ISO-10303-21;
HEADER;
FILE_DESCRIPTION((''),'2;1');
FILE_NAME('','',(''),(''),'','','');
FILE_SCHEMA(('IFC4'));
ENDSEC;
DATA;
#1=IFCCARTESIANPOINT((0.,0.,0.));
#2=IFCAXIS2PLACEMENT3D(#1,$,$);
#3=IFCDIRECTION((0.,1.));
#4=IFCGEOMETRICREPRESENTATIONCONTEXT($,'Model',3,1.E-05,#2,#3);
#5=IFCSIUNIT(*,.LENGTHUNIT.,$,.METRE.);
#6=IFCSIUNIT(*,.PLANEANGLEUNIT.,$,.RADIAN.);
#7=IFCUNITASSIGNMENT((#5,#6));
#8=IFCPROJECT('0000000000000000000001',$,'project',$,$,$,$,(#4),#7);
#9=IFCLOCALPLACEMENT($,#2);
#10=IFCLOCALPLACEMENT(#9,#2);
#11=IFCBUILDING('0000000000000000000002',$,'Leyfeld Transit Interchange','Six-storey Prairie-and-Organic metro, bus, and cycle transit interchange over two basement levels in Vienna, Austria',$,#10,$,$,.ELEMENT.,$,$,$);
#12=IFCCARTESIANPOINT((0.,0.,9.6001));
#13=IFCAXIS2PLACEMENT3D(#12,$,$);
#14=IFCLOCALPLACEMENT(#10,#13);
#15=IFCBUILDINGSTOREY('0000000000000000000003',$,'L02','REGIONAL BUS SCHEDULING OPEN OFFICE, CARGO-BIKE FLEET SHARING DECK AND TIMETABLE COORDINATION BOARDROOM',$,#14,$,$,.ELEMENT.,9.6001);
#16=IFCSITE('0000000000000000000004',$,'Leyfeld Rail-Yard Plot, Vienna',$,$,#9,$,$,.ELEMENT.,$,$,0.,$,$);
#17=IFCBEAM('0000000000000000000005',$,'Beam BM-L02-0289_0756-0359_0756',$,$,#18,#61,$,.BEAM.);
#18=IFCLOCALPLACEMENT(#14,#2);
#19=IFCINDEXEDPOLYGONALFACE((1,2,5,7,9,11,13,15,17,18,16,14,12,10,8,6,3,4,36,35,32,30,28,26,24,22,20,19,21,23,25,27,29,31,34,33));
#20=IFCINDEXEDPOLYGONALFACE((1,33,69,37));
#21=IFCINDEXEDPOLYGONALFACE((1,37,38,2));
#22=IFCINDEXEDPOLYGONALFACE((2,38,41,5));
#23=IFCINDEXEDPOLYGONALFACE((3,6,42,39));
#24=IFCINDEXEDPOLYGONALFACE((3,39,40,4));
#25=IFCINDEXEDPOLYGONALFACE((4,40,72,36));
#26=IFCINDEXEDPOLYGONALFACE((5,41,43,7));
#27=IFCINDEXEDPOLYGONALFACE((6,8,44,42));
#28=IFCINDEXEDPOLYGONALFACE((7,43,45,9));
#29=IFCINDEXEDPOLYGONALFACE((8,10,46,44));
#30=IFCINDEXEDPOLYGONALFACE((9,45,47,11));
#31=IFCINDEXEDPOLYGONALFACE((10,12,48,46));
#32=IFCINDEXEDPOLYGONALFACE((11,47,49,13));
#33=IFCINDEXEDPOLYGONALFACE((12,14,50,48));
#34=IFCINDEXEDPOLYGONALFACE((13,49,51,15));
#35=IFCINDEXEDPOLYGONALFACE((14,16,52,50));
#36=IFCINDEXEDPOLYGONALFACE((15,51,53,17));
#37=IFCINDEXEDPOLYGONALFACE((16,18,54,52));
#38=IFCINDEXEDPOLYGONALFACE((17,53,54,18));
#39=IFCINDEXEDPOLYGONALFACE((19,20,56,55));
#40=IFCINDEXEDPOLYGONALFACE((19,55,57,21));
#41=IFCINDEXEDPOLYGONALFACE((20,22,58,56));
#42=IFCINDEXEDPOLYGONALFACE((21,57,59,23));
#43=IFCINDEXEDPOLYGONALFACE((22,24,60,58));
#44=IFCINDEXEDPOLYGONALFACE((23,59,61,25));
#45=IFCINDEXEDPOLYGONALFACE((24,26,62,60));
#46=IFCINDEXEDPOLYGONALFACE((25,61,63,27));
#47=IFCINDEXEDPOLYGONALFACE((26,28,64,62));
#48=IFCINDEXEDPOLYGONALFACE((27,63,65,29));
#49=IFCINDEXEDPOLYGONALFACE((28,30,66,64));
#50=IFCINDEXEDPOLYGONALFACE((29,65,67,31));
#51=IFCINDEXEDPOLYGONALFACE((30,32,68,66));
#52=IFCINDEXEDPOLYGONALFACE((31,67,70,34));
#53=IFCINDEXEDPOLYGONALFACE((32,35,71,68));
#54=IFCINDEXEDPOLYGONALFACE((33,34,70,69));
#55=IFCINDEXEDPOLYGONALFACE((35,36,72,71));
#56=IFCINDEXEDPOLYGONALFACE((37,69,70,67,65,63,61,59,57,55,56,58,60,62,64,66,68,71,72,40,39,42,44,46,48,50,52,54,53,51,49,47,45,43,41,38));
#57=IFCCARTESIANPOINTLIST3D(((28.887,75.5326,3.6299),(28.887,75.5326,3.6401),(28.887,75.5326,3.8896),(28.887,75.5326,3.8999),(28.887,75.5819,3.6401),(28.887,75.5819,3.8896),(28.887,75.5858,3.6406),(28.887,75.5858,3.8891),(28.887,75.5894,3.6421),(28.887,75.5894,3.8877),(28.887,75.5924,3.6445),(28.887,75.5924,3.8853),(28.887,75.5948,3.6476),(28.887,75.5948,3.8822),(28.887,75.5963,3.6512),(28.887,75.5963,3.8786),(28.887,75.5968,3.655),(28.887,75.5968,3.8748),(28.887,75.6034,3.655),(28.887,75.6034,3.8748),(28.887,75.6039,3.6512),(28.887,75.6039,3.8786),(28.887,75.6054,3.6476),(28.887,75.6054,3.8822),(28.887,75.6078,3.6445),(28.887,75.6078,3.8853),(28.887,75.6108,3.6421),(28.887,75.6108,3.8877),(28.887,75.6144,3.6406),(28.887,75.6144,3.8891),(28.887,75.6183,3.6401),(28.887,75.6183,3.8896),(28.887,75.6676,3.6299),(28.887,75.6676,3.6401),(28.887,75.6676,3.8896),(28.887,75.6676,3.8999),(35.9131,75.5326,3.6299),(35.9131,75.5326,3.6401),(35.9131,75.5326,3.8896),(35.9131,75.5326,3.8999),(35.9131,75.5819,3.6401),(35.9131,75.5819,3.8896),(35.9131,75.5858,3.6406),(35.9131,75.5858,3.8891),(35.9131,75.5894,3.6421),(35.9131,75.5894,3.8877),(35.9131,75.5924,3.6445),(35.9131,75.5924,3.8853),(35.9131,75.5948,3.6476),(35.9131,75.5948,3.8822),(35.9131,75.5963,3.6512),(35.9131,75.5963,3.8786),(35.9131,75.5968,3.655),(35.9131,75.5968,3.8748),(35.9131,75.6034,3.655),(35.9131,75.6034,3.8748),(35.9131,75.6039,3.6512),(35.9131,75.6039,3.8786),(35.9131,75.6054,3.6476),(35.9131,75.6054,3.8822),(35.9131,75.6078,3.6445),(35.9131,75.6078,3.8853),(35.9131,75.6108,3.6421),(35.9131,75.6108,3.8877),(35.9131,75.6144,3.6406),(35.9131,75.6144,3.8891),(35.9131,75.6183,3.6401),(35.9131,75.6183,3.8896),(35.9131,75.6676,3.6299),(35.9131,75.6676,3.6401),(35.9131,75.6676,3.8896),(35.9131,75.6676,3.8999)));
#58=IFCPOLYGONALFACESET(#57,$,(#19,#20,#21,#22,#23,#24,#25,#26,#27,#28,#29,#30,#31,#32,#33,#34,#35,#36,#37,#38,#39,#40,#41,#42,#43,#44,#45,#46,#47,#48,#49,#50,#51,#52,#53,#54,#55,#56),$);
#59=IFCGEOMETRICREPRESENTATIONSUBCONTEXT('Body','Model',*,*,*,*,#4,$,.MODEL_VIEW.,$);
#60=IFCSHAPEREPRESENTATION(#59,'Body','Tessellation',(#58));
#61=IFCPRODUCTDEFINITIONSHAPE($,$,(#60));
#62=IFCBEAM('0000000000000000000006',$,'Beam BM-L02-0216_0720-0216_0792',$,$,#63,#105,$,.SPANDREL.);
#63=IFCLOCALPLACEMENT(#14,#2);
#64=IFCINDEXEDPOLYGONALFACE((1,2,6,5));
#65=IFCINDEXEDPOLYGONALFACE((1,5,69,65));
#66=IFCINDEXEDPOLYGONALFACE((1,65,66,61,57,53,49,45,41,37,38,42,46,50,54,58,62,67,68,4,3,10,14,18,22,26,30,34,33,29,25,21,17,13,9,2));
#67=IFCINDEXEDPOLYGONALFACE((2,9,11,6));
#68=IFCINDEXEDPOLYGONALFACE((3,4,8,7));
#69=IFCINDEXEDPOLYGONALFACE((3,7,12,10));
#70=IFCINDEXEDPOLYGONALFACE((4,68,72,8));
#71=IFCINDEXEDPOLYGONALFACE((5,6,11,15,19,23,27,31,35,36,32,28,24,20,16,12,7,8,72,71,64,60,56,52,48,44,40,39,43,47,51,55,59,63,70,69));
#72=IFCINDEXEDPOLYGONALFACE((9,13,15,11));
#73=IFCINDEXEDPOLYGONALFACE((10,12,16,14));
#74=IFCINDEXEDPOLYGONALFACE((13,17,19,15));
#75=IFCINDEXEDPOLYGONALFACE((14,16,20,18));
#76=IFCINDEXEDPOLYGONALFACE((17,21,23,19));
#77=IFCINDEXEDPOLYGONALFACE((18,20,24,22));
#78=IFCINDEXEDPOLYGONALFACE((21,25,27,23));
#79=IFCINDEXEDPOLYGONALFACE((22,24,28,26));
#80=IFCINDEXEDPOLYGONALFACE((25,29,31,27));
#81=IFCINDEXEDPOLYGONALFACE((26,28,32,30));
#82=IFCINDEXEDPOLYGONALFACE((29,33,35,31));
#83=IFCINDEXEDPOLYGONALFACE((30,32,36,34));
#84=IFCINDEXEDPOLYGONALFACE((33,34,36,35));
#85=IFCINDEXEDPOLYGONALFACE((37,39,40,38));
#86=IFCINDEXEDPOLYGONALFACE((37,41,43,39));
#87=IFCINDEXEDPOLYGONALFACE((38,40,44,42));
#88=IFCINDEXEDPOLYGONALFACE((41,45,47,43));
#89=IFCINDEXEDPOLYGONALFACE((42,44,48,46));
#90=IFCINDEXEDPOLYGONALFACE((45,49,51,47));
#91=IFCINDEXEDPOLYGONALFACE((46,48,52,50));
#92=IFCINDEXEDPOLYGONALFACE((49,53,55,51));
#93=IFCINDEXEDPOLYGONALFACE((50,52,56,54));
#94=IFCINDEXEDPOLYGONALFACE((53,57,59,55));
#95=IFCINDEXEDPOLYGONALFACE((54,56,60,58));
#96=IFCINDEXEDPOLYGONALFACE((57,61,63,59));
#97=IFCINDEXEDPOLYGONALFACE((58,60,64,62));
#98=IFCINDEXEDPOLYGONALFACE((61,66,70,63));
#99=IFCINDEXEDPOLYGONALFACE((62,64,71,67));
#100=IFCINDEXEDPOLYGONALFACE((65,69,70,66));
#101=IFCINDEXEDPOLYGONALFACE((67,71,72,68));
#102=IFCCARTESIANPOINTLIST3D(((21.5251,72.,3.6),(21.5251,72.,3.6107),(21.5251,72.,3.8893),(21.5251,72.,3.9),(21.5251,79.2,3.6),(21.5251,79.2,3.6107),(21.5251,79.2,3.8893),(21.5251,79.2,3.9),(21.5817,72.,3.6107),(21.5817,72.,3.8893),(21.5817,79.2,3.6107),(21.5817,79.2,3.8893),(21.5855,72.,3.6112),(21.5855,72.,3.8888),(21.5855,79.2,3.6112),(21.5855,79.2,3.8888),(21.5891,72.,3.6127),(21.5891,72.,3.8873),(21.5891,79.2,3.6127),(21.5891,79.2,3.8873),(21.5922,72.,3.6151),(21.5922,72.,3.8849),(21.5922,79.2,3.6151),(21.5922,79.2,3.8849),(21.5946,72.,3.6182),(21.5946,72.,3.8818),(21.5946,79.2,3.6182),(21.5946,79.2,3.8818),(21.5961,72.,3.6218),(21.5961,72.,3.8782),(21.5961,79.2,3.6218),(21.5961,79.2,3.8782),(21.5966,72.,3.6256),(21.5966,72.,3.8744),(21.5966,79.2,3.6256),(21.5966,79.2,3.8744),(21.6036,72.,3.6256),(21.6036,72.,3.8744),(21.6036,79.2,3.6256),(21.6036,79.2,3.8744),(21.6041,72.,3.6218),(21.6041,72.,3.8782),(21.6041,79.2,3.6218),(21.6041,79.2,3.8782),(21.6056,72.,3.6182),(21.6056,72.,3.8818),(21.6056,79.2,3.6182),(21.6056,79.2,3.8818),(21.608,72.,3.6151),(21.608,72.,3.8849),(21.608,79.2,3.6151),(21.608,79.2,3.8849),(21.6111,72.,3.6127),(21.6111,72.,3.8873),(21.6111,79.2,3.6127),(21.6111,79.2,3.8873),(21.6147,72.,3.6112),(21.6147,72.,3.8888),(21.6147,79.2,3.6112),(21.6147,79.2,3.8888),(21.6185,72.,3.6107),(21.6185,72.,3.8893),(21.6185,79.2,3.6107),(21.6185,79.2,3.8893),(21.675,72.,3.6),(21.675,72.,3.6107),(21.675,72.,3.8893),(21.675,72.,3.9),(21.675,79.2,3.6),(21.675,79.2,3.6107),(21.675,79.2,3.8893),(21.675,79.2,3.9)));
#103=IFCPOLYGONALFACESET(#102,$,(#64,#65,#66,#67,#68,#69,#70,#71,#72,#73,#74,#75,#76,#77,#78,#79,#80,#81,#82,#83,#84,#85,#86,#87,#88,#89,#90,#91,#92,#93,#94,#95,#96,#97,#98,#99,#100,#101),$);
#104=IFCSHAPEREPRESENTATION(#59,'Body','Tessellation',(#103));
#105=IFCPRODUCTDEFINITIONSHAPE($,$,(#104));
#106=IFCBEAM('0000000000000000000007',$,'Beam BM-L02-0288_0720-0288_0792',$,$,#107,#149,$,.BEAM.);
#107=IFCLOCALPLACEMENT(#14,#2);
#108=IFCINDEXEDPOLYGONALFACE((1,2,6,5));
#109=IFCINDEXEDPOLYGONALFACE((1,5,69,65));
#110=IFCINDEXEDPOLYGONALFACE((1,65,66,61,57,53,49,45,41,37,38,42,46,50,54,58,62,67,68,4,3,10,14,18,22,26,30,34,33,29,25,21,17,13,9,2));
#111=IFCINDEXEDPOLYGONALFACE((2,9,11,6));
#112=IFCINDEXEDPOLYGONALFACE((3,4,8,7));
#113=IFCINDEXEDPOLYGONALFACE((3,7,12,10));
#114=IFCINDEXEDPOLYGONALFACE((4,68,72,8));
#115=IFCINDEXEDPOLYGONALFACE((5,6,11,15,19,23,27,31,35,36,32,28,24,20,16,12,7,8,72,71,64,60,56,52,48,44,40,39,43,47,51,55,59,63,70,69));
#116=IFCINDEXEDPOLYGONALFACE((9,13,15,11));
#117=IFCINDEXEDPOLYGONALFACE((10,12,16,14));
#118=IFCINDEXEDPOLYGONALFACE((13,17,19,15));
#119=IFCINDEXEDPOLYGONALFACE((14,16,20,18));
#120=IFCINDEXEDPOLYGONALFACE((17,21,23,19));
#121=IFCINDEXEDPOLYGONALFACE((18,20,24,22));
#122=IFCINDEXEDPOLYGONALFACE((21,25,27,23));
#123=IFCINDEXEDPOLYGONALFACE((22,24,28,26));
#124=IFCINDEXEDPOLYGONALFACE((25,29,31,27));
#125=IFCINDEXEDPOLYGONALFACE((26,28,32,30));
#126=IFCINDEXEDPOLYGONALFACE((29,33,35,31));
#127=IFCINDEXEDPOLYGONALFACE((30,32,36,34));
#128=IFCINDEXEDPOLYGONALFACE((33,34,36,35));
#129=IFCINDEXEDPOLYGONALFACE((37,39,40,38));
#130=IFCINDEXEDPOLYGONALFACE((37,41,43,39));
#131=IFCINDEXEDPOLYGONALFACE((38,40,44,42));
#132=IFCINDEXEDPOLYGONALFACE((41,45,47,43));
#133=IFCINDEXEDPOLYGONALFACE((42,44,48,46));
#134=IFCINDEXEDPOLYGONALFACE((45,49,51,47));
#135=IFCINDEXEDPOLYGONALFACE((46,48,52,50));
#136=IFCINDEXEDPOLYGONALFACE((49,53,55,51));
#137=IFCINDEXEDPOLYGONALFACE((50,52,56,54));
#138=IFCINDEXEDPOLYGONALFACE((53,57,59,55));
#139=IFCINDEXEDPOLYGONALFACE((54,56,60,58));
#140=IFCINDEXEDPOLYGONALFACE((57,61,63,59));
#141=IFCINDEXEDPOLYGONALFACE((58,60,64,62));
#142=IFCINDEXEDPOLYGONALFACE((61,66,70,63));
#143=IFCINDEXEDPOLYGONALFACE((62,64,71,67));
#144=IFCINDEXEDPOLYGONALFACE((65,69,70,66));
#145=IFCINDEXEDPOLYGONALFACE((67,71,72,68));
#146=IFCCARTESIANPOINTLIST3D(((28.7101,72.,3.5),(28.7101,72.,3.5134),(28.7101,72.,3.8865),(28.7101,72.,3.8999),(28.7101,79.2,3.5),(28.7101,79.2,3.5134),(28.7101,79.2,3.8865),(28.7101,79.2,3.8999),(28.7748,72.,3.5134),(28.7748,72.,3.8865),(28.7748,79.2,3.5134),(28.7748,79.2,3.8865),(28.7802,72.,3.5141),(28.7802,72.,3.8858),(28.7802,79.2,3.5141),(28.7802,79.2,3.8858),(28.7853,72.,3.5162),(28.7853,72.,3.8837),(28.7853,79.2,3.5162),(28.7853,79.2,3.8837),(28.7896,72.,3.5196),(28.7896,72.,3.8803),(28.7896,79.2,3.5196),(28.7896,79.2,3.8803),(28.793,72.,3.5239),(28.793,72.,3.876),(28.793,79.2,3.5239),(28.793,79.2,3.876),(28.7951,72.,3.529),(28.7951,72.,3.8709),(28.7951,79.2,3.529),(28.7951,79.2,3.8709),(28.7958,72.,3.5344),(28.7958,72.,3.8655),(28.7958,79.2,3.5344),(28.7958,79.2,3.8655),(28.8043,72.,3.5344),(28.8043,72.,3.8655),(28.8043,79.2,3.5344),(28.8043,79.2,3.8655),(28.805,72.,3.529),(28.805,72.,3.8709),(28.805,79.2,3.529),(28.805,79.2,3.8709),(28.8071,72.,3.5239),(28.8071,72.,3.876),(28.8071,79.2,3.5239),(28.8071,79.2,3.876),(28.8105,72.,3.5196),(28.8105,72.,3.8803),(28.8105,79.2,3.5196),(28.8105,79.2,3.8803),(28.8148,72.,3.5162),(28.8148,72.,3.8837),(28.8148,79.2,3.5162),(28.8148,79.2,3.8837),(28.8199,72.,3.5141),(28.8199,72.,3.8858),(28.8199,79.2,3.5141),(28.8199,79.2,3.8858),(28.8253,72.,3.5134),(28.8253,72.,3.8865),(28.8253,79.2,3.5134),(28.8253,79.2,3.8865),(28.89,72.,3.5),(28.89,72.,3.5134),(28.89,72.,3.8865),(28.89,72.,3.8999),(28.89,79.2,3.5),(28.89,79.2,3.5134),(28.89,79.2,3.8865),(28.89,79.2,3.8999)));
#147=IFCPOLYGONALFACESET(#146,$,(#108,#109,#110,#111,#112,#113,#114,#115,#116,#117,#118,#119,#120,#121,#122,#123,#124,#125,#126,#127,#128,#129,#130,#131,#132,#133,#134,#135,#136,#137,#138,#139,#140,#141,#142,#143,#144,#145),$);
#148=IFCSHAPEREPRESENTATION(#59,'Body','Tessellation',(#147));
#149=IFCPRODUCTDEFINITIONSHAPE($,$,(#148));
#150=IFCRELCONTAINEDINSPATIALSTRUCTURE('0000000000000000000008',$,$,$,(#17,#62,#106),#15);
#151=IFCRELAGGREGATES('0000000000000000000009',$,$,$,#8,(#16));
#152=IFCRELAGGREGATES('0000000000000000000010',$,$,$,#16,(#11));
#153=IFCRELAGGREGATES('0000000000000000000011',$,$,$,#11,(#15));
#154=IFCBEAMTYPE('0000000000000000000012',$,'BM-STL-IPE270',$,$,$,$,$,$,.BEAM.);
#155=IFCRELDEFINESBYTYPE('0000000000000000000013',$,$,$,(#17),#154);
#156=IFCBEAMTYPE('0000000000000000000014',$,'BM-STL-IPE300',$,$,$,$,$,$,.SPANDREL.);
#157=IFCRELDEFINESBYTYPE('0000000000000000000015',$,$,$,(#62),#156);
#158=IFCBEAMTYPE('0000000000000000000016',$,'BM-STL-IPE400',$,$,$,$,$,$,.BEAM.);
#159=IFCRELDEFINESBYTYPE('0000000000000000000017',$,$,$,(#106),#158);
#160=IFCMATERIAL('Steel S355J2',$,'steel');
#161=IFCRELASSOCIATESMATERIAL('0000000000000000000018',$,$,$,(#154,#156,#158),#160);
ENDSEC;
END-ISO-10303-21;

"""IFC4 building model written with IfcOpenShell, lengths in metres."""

from ifc_helpers import new_model, si_unit, direction, frame, origin, origin_2d, place, context, subcontext, project, spatial, i_section, extrude, material, material_profile, profile_set, type_object, element, save


model = new_model("IFC4")

# Units and contexts
model_context = context("Model", 3, precision=1e-05, world=origin(), true_north=direction((0.0, 1.0)))
body_context = subcontext(model_context, "Body", "Model", "MODEL_VIEW")
ifc_project = project(units=[si_unit("LENGTHUNIT", "METRE"), si_unit("PLANEANGLEUNIT", "RADIAN")], contexts=[model_context])

# Site, building, storey
site_placement = place(None, origin())
site = spatial("IfcSite", under=ifc_project, at=site_placement, Name="Leyfeld Rail-Yard Plot, Vienna", CompositionType="ELEMENT", RefElevation=0.0)
building_placement = place(site_placement, origin())
building = spatial("IfcBuilding", under=site, at=building_placement, Name="Leyfeld Transit Interchange", Description="Six-storey Prairie-and-Organic metro, bus, and cycle transit interchange over two basement levels in Vienna, Austria", CompositionType="ELEMENT")
storey_placement = place(building_placement, frame((0.0, 0.0, 9.6001)))
storey = spatial("IfcBuildingStorey", under=building, at=storey_placement, Name="L02", Description="REGIONAL BUS SCHEDULING OPEN OFFICE, CARGO-BIKE FLEET SHARING DECK AND TIMETABLE COORDINATION BOARDROOM", CompositionType="ELEMENT", Elevation=9.6001)

# Beams
ifc_material_1 = material(Name="Steel S355J2", Category="steel")
ifc_material_profile_1 = material_profile(ifc_material_1, i_section(OverallWidth=0.135, OverallDepth=0.27, WebThickness=0.0066, FlangeThickness=0.0103, FilletRadius=0.0149, at=origin_2d()), Name="IPE 270")
ifc_profile_set_1 = profile_set([ifc_material_profile_1], Name="Steel S355J2")
beam_type_1 = type_object("IfcBeamType", Name="BM-STL-IPE270", PredefinedType="BEAM", material=ifc_profile_set_1)
beam_1_placement = place(storey_placement, frame((28.887, 75.6001, 3.7649), z_axis=(1.0, 0.0, 0.0), x_axis=(0.0, 1.0, 0.0)))
element("IfcBeam", 1, at=beam_1_placement, inside=storey, type_object=beam_type_1, Name="Beam BM-L02-0289_0756-0359_0756", PredefinedType="BEAM", context=body_context, shape_type="SweptSolid", body=[
    extrude(i_section(OverallWidth=0.135, OverallDepth=0.27, WebThickness=0.0066, FlangeThickness=0.0103, FilletRadius=0.0149, at=origin_2d()), origin(), (0.0, 0.0, 1.0), 7.0261),
])
ifc_material_profile_2 = material_profile(ifc_material_1, i_section(OverallWidth=0.1499, OverallDepth=0.3, WebThickness=0.0071, FlangeThickness=0.0107, FilletRadius=0.0149, at=origin_2d()), Name="IPE 300")
ifc_profile_set_2 = profile_set([ifc_material_profile_2], Name="Steel S355J2")
beam_type_2 = type_object("IfcBeamType", Name="BM-STL-IPE300", PredefinedType="SPANDREL", material=ifc_profile_set_2)
beam_2_placement = place(storey_placement, frame((21.6001, 72.0, 3.75), z_axis=(0.0, 1.0, 0.0), x_axis=(-1.0, 0.0, 0.0)))
element("IfcBeam", 2, at=beam_2_placement, inside=storey, type_object=beam_type_2, Name="Beam BM-L02-0216_0720-0216_0792", PredefinedType="SPANDREL", context=body_context, shape_type="SweptSolid", body=[
    extrude(i_section(OverallWidth=0.1499, OverallDepth=0.3, WebThickness=0.0071, FlangeThickness=0.0107, FilletRadius=0.0149, at=origin_2d()), origin(), (0.0, 0.0, 1.0), 7.2),
])
ifc_material_profile_3 = material_profile(ifc_material_1, i_section(OverallWidth=0.1799, OverallDepth=0.3999, WebThickness=0.0085, FlangeThickness=0.0134, FilletRadius=0.021, at=origin_2d()), Name="IPE 400")
ifc_profile_set_3 = profile_set([ifc_material_profile_3], Name="Steel S355J2")
beam_type_3 = type_object("IfcBeamType", Name="BM-STL-IPE400", PredefinedType="BEAM", material=ifc_profile_set_3)
beam_3_placement = place(storey_placement, frame((28.8, 72.0, 3.7), z_axis=(0.0, 1.0, 0.0), x_axis=(-1.0, 0.0, 0.0)))
element("IfcBeam", 3, at=beam_3_placement, inside=storey, type_object=beam_type_3, Name="Beam BM-L02-0288_0720-0288_0792", PredefinedType="BEAM", context=body_context, shape_type="SweptSolid", body=[
    extrude(i_section(OverallWidth=0.1799, OverallDepth=0.3999, WebThickness=0.0085, FlangeThickness=0.0134, FilletRadius=0.021, at=origin_2d()), origin(), (0.0, 0.0, 1.0), 7.2),
])

save(model, "model.ifc")
